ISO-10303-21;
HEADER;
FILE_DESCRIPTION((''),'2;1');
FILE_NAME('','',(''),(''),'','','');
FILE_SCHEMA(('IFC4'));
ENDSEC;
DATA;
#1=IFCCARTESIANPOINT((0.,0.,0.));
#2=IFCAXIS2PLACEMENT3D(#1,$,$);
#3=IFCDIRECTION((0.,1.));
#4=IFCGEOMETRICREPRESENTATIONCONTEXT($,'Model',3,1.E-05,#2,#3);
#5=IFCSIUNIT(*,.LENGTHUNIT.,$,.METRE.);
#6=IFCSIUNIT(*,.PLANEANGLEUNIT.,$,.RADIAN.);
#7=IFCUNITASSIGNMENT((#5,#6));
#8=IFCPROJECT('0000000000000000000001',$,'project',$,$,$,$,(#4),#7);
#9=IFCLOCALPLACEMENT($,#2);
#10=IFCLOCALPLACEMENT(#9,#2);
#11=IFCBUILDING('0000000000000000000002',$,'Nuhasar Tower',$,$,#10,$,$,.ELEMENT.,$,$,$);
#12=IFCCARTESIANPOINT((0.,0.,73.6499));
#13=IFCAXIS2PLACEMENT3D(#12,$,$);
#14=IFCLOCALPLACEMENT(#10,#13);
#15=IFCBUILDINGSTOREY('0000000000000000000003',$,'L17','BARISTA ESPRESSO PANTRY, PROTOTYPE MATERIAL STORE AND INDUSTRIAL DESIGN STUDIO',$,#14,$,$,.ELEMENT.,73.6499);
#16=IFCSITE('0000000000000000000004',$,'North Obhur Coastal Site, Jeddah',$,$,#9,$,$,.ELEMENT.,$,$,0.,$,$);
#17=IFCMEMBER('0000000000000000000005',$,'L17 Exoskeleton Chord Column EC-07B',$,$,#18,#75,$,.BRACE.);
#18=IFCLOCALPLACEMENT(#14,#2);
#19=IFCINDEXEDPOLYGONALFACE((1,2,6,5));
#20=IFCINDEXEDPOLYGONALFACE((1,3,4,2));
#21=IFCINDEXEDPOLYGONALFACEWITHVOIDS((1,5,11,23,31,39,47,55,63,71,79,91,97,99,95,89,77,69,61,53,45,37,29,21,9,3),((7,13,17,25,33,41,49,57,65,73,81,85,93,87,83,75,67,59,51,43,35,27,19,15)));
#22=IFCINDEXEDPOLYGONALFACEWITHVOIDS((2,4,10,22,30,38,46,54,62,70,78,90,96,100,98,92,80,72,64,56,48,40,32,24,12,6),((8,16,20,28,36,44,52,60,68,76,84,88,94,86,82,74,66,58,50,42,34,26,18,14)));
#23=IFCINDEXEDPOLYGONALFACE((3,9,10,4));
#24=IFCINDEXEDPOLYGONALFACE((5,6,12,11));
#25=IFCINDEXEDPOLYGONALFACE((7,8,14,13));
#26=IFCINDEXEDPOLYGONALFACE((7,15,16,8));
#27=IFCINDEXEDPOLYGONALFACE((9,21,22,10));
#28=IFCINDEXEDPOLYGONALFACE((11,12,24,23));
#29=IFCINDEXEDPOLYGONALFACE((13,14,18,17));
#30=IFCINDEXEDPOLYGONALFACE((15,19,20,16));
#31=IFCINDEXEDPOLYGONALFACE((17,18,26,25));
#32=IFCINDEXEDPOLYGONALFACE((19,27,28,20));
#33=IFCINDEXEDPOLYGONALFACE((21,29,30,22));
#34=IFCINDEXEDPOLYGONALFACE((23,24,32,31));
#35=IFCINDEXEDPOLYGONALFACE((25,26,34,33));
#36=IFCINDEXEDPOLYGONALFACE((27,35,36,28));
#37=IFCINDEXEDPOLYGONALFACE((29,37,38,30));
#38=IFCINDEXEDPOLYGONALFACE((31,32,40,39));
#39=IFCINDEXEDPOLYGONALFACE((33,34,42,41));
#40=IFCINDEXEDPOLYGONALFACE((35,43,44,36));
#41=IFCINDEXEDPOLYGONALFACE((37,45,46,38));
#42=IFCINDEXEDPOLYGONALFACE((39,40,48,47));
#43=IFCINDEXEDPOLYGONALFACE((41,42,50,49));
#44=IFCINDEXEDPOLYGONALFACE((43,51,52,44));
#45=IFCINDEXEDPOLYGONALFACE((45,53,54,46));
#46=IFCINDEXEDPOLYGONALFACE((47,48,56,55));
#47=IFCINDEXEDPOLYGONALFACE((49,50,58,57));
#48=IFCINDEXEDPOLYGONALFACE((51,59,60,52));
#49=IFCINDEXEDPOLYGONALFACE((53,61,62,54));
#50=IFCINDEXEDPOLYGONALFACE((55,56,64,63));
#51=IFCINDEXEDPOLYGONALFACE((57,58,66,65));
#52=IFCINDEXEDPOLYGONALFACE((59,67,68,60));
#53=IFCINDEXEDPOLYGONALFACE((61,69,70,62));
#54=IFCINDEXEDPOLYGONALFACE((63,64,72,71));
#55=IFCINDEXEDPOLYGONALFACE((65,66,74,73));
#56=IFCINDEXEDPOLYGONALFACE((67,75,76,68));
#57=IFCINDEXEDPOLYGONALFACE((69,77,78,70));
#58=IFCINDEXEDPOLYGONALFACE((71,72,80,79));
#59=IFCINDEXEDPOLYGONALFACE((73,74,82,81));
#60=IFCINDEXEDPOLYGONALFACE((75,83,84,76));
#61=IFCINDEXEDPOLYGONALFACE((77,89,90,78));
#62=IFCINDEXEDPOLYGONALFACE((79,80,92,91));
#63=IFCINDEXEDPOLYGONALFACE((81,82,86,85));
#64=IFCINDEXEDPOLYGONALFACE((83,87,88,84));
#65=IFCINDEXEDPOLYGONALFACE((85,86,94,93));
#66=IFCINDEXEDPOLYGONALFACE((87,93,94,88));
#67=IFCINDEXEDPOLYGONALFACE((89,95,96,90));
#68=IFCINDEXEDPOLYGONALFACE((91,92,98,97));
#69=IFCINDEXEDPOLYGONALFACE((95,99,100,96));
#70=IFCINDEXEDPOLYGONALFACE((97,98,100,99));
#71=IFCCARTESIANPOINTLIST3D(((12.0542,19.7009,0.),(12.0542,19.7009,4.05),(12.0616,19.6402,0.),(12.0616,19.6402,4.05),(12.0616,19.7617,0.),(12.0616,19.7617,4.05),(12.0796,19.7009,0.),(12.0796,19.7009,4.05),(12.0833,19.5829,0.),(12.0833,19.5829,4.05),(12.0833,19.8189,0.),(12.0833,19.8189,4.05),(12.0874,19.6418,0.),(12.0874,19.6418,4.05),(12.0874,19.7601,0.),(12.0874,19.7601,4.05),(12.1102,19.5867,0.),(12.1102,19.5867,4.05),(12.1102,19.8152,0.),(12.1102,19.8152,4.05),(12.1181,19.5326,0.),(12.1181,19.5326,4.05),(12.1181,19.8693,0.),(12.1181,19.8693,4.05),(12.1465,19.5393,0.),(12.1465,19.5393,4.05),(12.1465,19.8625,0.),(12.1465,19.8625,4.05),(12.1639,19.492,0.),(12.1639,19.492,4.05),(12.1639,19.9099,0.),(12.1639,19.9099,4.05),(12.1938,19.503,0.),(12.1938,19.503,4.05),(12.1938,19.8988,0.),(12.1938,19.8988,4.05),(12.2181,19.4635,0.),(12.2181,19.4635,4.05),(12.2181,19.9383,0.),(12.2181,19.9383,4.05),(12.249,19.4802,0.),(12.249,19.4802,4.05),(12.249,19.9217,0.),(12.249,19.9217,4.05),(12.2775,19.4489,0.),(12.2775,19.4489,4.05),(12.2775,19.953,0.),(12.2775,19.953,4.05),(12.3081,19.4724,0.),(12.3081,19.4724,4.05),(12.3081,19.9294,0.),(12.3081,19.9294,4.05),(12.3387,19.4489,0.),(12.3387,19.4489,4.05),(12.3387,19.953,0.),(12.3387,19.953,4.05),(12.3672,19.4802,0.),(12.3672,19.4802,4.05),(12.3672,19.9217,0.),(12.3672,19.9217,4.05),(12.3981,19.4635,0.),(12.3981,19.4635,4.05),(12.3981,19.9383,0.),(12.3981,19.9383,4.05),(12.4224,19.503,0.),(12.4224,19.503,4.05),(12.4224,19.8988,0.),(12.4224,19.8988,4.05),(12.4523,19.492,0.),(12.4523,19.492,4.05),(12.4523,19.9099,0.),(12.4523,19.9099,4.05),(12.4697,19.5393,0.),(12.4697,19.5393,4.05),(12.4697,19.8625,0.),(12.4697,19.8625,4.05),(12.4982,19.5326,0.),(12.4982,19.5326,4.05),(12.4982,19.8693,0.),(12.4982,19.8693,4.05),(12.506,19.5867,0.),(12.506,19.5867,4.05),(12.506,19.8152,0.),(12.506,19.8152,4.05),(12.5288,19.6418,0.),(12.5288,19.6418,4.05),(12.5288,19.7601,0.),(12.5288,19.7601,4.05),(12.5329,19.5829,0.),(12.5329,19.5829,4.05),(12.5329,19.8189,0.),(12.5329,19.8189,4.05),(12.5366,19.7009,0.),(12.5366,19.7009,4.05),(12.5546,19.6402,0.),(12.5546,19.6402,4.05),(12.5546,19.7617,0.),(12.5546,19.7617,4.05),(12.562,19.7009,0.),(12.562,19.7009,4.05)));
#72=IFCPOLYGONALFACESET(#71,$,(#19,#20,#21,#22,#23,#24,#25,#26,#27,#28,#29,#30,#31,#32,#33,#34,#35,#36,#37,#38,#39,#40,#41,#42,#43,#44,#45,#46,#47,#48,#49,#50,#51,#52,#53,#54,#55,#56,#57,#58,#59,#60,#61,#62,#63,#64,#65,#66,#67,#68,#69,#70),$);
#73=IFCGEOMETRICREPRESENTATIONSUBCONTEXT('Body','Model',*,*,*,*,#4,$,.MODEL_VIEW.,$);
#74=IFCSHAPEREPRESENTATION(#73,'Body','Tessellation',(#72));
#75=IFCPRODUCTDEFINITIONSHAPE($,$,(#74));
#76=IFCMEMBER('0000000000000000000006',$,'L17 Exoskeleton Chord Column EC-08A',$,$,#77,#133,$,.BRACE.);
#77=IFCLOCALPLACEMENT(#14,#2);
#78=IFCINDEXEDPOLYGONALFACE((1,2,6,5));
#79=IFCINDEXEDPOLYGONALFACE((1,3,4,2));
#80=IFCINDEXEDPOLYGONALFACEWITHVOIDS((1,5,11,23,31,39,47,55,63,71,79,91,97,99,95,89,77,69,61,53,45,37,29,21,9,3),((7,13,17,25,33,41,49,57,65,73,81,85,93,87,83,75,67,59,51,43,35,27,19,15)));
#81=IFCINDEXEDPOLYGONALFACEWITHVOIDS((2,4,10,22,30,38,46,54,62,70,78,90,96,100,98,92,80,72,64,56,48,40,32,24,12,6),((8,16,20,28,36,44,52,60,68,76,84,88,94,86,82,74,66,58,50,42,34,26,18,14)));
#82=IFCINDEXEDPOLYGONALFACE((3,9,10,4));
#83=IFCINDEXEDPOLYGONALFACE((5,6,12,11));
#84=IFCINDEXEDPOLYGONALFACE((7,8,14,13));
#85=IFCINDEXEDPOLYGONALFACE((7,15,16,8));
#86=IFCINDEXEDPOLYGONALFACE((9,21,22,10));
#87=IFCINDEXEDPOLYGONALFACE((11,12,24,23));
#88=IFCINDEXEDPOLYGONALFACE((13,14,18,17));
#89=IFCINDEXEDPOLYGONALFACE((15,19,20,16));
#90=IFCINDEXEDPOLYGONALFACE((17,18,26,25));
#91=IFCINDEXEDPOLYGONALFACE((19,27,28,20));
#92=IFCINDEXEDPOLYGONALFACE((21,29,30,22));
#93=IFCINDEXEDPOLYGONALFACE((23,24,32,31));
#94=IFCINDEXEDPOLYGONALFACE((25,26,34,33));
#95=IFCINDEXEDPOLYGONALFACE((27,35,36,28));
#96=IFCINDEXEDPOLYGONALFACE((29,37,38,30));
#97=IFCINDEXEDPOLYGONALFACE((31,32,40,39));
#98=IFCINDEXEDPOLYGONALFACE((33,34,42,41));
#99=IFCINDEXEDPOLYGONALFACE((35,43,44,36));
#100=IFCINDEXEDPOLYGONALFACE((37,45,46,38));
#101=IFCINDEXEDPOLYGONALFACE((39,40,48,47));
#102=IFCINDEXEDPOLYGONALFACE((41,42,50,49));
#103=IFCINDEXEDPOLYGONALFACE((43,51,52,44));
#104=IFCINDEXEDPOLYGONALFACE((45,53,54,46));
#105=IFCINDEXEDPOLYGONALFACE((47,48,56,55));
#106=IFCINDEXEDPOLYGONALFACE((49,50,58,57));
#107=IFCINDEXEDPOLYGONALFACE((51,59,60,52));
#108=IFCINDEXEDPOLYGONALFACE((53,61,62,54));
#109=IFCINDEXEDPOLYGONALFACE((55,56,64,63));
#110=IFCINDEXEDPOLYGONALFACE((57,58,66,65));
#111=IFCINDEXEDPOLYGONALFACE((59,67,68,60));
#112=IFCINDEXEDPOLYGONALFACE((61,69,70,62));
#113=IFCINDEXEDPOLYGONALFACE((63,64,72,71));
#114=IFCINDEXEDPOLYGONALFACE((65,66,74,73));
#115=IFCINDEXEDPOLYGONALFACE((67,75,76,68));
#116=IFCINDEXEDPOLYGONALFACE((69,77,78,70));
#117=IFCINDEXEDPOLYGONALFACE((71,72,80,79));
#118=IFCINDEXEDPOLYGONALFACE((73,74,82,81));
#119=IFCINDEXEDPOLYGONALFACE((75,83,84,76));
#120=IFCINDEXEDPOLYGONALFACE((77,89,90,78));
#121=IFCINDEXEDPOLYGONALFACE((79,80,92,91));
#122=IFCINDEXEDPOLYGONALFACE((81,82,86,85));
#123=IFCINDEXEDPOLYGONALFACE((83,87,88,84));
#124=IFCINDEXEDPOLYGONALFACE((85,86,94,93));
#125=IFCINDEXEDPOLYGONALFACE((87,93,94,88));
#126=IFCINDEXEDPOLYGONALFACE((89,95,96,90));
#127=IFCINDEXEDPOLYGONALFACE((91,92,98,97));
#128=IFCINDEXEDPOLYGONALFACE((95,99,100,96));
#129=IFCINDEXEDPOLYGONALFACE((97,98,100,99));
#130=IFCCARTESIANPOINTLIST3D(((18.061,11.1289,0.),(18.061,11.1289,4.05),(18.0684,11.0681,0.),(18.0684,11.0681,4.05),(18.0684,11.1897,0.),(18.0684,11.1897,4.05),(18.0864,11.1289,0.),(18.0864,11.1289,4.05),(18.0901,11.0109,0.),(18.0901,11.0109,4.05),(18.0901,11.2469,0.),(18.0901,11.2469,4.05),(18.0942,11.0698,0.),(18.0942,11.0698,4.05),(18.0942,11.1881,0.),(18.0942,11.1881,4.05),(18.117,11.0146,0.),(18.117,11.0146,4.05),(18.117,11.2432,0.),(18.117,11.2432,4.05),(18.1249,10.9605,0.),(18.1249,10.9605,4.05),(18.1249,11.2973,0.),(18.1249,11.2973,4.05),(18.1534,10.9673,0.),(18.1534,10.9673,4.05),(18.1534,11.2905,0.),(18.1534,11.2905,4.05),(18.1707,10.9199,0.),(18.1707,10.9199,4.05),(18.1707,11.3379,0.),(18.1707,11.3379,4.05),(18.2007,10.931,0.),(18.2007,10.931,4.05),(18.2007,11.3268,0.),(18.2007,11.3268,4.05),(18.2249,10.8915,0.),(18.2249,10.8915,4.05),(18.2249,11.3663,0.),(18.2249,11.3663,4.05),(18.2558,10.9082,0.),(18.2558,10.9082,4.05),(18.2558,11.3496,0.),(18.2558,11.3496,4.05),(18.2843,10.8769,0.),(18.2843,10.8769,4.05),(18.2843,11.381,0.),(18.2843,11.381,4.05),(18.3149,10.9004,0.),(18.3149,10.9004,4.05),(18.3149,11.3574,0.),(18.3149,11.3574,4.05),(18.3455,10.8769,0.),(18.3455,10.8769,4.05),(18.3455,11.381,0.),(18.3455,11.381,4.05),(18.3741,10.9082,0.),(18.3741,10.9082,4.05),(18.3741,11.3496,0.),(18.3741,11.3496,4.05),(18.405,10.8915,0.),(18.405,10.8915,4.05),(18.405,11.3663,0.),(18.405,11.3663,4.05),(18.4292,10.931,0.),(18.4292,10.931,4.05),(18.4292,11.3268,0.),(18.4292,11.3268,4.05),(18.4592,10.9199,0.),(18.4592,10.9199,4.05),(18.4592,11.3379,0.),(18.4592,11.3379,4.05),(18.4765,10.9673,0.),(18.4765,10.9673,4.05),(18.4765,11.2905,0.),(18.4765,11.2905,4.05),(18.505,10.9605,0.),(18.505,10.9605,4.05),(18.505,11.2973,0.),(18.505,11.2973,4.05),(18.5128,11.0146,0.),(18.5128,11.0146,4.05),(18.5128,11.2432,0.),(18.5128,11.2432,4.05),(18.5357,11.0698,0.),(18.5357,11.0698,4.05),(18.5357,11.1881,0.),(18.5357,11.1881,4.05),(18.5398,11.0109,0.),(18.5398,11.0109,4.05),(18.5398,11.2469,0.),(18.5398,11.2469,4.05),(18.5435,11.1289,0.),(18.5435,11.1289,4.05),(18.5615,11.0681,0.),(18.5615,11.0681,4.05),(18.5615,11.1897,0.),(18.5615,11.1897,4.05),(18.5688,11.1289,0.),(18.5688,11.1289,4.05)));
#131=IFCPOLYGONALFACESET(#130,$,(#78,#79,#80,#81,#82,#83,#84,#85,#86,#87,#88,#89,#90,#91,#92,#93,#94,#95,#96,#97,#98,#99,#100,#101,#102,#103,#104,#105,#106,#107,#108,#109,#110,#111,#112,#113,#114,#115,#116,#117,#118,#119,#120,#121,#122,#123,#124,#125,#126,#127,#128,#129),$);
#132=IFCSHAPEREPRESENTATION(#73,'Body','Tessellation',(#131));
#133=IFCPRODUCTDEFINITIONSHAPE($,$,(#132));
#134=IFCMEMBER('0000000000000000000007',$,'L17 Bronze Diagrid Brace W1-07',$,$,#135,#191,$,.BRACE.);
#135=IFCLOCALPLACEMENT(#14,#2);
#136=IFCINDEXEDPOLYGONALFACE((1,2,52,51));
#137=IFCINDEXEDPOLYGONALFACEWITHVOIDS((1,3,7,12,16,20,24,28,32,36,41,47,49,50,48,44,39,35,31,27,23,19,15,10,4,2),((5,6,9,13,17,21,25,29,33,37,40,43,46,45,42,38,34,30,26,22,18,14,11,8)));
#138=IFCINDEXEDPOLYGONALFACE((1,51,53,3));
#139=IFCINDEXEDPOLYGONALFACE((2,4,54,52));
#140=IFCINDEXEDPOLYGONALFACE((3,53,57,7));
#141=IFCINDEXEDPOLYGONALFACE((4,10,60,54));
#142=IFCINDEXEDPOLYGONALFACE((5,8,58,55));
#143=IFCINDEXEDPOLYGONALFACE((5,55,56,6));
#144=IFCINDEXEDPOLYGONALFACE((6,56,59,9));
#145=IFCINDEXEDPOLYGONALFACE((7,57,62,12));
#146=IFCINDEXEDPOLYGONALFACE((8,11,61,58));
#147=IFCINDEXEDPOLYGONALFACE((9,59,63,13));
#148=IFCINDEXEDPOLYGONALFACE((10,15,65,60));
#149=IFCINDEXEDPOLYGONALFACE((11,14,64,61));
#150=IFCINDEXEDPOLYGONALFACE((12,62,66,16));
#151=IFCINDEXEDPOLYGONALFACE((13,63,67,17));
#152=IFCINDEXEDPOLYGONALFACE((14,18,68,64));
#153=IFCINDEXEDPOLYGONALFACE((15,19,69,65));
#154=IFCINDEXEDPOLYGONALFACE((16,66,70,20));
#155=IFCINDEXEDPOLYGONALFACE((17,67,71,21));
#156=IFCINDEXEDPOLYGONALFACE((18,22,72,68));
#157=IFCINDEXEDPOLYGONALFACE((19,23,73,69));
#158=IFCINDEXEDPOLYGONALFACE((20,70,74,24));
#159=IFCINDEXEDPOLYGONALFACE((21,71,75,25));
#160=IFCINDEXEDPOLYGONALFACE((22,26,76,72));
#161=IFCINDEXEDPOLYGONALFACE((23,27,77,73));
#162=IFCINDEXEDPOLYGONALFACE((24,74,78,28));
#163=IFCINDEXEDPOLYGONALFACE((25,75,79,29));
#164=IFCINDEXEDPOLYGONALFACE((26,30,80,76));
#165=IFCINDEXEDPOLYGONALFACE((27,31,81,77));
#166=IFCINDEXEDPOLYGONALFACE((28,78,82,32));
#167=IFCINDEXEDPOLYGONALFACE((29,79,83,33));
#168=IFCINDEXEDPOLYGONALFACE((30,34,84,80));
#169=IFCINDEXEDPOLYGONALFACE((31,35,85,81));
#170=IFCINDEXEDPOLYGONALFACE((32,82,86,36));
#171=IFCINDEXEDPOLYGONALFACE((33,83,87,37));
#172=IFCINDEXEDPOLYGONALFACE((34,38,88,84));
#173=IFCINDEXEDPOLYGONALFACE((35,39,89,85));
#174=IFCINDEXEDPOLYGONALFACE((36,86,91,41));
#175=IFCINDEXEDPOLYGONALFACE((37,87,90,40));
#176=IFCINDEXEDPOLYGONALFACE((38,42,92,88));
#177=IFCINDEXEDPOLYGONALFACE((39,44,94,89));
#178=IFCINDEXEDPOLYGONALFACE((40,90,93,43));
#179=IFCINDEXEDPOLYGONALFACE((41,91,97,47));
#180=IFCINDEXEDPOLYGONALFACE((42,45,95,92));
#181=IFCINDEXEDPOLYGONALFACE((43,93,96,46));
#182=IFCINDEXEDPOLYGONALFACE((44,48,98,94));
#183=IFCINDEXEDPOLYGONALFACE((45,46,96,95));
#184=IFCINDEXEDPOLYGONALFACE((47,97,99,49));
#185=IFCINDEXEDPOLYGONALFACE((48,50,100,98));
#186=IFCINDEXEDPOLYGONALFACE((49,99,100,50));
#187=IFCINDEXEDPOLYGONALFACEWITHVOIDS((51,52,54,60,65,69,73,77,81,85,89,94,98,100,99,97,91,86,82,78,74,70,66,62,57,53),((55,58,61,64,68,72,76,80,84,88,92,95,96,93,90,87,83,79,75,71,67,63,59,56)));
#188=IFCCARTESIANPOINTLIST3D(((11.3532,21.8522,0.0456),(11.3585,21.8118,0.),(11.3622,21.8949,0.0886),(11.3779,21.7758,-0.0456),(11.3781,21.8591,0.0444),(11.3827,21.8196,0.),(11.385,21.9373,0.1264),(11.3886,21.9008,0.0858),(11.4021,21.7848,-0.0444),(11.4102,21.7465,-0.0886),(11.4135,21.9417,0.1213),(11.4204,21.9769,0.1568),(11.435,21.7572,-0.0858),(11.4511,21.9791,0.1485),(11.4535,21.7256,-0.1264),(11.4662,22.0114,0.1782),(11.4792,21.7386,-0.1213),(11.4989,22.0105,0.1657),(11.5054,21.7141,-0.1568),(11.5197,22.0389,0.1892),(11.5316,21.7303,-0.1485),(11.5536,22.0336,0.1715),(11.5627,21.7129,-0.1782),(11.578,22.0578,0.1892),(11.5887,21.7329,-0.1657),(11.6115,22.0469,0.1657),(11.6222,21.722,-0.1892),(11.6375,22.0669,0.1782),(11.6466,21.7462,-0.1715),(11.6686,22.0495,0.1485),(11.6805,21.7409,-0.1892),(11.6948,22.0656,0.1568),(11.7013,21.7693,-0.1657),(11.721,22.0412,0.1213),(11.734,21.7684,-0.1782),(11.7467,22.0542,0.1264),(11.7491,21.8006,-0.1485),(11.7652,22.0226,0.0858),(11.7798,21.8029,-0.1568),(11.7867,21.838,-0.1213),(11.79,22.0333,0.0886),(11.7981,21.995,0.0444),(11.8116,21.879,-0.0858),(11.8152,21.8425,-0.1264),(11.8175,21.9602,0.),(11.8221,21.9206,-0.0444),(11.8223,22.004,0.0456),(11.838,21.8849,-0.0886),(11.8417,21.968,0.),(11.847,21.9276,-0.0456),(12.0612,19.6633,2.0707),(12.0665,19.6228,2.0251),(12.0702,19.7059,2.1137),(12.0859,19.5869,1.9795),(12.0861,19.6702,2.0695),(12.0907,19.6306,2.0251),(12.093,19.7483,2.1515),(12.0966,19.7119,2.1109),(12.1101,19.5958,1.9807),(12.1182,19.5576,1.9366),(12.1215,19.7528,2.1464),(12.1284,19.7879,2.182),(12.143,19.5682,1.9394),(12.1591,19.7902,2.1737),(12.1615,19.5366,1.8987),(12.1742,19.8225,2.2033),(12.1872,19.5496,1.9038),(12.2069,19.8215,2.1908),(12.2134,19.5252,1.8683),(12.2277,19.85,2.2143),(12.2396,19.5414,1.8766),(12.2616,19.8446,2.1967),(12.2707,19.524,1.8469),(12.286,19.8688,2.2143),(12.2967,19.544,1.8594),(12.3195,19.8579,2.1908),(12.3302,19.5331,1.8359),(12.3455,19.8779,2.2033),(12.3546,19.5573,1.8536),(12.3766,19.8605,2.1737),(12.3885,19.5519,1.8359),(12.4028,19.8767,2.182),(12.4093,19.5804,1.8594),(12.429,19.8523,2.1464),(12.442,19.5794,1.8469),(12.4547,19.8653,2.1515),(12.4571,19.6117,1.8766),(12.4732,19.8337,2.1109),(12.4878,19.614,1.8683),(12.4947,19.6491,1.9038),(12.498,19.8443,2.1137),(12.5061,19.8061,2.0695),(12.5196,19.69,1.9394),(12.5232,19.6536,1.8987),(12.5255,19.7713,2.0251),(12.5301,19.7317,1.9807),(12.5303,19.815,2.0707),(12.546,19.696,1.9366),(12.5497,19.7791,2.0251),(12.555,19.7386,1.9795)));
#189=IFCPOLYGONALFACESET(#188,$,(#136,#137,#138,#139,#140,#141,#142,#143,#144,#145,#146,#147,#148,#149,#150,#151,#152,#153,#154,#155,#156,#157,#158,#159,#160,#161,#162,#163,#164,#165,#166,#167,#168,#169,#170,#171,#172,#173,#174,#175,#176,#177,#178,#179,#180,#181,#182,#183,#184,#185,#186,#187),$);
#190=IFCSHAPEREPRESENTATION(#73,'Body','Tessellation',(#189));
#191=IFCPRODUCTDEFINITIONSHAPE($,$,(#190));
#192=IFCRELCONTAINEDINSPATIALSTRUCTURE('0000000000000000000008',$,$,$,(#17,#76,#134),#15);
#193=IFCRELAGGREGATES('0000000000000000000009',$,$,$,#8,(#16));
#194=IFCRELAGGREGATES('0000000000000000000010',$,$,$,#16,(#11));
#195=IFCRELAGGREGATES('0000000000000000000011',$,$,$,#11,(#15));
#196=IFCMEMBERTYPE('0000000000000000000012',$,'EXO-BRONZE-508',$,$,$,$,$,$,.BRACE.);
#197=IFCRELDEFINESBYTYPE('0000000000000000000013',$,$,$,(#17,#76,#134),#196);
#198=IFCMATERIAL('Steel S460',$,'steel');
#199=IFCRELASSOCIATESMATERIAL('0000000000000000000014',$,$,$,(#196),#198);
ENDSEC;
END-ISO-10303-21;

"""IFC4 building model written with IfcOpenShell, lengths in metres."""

from ifc_helpers import new_model, si_unit, direction, frame, origin, origin_2d, place, context, subcontext, project, spatial, hollow_circle, extrude, material, material_profile, profile_set, type_object, element, save


model = new_model("IFC4")

# Units and contexts
model_context = context("Model", 3, precision=1e-05, world=origin(), true_north=direction((0.0, 1.0)))
body_context = subcontext(model_context, "Body", "Model", "MODEL_VIEW")
ifc_project = project(units=[si_unit("LENGTHUNIT", "METRE"), si_unit("PLANEANGLEUNIT", "RADIAN")], contexts=[model_context])

# Site, building, storey
site_placement = place(None, origin())
site = spatial("IfcSite", under=ifc_project, at=site_placement, Name="North Obhur Coastal Site, Jeddah", CompositionType="ELEMENT", RefElevation=0.0)
building_placement = place(site_placement, origin())
building = spatial("IfcBuilding", under=site, at=building_placement, Name="Nuhasar Tower", CompositionType="ELEMENT")
storey_placement = place(building_placement, frame((0.0, 0.0, 73.6499)))
storey = spatial("IfcBuildingStorey", under=building, at=storey_placement, Name="L17", Description="BARISTA ESPRESSO PANTRY, PROTOTYPE MATERIAL STORE AND INDUSTRIAL DESIGN STUDIO", CompositionType="ELEMENT", Elevation=73.6499)

# Members
ifc_material_1 = material(Name="Steel S460", Category="steel")
ifc_material_profile_1 = material_profile(ifc_material_1, hollow_circle(Radius=0.2539, WallThickness=0.0254, at=origin_2d()), Name="HSS508X25.4")
ifc_profile_set_1 = profile_set([ifc_material_profile_1], Name="Steel S460")
member_type_1 = type_object("IfcMemberType", Name="EXO-BRONZE-508", PredefinedType="BRACE", material=ifc_profile_set_1)
for number, where, z_axis, x_axis, name in (
    (1, (12.3081, 19.7009, 0.0), (0.0, 0.0, 1.0), (1.0, 0.0, 0.0), "L17 Exoskeleton Chord Column EC-07B"),
    (2, (18.3149, 11.1289, 0.0), (0.0, 0.0, 1.0), (1.0, 0.0, 0.0), "L17 Exoskeleton Chord Column EC-08A"),
):
    element("IfcMember", number, at=place(storey_placement, frame(where, z_axis=z_axis, x_axis=x_axis)), inside=storey, type_object=member_type_1, Name=name, PredefinedType="BRACE", context=body_context, shape_type="SweptSolid", body=[
        extrude(hollow_circle(Radius=0.2539, WallThickness=0.0254, at=origin_2d()), origin(), (0.0, 0.0, 1.0), 4.05),
    ])
member_1_placement = place(storey_placement, frame((11.6001, 21.8899, 0.0), z_axis=(0.231, -0.714187, 0.660739), x_axis=(0.951468, 0.307747, 0.0)))
element("IfcMember", 3, at=member_1_placement, inside=storey, type_object=member_type_1, Name="L17 Bronze Diagrid Brace W1-07", PredefinedType="BRACE", context=body_context, shape_type="SweptSolid", body=[
    extrude(hollow_circle(Radius=0.2539, WallThickness=0.0254, at=origin_2d()), origin(), (0.0, 0.0, 1.0), 3.0649),
])

save(model, "model.ifc")
